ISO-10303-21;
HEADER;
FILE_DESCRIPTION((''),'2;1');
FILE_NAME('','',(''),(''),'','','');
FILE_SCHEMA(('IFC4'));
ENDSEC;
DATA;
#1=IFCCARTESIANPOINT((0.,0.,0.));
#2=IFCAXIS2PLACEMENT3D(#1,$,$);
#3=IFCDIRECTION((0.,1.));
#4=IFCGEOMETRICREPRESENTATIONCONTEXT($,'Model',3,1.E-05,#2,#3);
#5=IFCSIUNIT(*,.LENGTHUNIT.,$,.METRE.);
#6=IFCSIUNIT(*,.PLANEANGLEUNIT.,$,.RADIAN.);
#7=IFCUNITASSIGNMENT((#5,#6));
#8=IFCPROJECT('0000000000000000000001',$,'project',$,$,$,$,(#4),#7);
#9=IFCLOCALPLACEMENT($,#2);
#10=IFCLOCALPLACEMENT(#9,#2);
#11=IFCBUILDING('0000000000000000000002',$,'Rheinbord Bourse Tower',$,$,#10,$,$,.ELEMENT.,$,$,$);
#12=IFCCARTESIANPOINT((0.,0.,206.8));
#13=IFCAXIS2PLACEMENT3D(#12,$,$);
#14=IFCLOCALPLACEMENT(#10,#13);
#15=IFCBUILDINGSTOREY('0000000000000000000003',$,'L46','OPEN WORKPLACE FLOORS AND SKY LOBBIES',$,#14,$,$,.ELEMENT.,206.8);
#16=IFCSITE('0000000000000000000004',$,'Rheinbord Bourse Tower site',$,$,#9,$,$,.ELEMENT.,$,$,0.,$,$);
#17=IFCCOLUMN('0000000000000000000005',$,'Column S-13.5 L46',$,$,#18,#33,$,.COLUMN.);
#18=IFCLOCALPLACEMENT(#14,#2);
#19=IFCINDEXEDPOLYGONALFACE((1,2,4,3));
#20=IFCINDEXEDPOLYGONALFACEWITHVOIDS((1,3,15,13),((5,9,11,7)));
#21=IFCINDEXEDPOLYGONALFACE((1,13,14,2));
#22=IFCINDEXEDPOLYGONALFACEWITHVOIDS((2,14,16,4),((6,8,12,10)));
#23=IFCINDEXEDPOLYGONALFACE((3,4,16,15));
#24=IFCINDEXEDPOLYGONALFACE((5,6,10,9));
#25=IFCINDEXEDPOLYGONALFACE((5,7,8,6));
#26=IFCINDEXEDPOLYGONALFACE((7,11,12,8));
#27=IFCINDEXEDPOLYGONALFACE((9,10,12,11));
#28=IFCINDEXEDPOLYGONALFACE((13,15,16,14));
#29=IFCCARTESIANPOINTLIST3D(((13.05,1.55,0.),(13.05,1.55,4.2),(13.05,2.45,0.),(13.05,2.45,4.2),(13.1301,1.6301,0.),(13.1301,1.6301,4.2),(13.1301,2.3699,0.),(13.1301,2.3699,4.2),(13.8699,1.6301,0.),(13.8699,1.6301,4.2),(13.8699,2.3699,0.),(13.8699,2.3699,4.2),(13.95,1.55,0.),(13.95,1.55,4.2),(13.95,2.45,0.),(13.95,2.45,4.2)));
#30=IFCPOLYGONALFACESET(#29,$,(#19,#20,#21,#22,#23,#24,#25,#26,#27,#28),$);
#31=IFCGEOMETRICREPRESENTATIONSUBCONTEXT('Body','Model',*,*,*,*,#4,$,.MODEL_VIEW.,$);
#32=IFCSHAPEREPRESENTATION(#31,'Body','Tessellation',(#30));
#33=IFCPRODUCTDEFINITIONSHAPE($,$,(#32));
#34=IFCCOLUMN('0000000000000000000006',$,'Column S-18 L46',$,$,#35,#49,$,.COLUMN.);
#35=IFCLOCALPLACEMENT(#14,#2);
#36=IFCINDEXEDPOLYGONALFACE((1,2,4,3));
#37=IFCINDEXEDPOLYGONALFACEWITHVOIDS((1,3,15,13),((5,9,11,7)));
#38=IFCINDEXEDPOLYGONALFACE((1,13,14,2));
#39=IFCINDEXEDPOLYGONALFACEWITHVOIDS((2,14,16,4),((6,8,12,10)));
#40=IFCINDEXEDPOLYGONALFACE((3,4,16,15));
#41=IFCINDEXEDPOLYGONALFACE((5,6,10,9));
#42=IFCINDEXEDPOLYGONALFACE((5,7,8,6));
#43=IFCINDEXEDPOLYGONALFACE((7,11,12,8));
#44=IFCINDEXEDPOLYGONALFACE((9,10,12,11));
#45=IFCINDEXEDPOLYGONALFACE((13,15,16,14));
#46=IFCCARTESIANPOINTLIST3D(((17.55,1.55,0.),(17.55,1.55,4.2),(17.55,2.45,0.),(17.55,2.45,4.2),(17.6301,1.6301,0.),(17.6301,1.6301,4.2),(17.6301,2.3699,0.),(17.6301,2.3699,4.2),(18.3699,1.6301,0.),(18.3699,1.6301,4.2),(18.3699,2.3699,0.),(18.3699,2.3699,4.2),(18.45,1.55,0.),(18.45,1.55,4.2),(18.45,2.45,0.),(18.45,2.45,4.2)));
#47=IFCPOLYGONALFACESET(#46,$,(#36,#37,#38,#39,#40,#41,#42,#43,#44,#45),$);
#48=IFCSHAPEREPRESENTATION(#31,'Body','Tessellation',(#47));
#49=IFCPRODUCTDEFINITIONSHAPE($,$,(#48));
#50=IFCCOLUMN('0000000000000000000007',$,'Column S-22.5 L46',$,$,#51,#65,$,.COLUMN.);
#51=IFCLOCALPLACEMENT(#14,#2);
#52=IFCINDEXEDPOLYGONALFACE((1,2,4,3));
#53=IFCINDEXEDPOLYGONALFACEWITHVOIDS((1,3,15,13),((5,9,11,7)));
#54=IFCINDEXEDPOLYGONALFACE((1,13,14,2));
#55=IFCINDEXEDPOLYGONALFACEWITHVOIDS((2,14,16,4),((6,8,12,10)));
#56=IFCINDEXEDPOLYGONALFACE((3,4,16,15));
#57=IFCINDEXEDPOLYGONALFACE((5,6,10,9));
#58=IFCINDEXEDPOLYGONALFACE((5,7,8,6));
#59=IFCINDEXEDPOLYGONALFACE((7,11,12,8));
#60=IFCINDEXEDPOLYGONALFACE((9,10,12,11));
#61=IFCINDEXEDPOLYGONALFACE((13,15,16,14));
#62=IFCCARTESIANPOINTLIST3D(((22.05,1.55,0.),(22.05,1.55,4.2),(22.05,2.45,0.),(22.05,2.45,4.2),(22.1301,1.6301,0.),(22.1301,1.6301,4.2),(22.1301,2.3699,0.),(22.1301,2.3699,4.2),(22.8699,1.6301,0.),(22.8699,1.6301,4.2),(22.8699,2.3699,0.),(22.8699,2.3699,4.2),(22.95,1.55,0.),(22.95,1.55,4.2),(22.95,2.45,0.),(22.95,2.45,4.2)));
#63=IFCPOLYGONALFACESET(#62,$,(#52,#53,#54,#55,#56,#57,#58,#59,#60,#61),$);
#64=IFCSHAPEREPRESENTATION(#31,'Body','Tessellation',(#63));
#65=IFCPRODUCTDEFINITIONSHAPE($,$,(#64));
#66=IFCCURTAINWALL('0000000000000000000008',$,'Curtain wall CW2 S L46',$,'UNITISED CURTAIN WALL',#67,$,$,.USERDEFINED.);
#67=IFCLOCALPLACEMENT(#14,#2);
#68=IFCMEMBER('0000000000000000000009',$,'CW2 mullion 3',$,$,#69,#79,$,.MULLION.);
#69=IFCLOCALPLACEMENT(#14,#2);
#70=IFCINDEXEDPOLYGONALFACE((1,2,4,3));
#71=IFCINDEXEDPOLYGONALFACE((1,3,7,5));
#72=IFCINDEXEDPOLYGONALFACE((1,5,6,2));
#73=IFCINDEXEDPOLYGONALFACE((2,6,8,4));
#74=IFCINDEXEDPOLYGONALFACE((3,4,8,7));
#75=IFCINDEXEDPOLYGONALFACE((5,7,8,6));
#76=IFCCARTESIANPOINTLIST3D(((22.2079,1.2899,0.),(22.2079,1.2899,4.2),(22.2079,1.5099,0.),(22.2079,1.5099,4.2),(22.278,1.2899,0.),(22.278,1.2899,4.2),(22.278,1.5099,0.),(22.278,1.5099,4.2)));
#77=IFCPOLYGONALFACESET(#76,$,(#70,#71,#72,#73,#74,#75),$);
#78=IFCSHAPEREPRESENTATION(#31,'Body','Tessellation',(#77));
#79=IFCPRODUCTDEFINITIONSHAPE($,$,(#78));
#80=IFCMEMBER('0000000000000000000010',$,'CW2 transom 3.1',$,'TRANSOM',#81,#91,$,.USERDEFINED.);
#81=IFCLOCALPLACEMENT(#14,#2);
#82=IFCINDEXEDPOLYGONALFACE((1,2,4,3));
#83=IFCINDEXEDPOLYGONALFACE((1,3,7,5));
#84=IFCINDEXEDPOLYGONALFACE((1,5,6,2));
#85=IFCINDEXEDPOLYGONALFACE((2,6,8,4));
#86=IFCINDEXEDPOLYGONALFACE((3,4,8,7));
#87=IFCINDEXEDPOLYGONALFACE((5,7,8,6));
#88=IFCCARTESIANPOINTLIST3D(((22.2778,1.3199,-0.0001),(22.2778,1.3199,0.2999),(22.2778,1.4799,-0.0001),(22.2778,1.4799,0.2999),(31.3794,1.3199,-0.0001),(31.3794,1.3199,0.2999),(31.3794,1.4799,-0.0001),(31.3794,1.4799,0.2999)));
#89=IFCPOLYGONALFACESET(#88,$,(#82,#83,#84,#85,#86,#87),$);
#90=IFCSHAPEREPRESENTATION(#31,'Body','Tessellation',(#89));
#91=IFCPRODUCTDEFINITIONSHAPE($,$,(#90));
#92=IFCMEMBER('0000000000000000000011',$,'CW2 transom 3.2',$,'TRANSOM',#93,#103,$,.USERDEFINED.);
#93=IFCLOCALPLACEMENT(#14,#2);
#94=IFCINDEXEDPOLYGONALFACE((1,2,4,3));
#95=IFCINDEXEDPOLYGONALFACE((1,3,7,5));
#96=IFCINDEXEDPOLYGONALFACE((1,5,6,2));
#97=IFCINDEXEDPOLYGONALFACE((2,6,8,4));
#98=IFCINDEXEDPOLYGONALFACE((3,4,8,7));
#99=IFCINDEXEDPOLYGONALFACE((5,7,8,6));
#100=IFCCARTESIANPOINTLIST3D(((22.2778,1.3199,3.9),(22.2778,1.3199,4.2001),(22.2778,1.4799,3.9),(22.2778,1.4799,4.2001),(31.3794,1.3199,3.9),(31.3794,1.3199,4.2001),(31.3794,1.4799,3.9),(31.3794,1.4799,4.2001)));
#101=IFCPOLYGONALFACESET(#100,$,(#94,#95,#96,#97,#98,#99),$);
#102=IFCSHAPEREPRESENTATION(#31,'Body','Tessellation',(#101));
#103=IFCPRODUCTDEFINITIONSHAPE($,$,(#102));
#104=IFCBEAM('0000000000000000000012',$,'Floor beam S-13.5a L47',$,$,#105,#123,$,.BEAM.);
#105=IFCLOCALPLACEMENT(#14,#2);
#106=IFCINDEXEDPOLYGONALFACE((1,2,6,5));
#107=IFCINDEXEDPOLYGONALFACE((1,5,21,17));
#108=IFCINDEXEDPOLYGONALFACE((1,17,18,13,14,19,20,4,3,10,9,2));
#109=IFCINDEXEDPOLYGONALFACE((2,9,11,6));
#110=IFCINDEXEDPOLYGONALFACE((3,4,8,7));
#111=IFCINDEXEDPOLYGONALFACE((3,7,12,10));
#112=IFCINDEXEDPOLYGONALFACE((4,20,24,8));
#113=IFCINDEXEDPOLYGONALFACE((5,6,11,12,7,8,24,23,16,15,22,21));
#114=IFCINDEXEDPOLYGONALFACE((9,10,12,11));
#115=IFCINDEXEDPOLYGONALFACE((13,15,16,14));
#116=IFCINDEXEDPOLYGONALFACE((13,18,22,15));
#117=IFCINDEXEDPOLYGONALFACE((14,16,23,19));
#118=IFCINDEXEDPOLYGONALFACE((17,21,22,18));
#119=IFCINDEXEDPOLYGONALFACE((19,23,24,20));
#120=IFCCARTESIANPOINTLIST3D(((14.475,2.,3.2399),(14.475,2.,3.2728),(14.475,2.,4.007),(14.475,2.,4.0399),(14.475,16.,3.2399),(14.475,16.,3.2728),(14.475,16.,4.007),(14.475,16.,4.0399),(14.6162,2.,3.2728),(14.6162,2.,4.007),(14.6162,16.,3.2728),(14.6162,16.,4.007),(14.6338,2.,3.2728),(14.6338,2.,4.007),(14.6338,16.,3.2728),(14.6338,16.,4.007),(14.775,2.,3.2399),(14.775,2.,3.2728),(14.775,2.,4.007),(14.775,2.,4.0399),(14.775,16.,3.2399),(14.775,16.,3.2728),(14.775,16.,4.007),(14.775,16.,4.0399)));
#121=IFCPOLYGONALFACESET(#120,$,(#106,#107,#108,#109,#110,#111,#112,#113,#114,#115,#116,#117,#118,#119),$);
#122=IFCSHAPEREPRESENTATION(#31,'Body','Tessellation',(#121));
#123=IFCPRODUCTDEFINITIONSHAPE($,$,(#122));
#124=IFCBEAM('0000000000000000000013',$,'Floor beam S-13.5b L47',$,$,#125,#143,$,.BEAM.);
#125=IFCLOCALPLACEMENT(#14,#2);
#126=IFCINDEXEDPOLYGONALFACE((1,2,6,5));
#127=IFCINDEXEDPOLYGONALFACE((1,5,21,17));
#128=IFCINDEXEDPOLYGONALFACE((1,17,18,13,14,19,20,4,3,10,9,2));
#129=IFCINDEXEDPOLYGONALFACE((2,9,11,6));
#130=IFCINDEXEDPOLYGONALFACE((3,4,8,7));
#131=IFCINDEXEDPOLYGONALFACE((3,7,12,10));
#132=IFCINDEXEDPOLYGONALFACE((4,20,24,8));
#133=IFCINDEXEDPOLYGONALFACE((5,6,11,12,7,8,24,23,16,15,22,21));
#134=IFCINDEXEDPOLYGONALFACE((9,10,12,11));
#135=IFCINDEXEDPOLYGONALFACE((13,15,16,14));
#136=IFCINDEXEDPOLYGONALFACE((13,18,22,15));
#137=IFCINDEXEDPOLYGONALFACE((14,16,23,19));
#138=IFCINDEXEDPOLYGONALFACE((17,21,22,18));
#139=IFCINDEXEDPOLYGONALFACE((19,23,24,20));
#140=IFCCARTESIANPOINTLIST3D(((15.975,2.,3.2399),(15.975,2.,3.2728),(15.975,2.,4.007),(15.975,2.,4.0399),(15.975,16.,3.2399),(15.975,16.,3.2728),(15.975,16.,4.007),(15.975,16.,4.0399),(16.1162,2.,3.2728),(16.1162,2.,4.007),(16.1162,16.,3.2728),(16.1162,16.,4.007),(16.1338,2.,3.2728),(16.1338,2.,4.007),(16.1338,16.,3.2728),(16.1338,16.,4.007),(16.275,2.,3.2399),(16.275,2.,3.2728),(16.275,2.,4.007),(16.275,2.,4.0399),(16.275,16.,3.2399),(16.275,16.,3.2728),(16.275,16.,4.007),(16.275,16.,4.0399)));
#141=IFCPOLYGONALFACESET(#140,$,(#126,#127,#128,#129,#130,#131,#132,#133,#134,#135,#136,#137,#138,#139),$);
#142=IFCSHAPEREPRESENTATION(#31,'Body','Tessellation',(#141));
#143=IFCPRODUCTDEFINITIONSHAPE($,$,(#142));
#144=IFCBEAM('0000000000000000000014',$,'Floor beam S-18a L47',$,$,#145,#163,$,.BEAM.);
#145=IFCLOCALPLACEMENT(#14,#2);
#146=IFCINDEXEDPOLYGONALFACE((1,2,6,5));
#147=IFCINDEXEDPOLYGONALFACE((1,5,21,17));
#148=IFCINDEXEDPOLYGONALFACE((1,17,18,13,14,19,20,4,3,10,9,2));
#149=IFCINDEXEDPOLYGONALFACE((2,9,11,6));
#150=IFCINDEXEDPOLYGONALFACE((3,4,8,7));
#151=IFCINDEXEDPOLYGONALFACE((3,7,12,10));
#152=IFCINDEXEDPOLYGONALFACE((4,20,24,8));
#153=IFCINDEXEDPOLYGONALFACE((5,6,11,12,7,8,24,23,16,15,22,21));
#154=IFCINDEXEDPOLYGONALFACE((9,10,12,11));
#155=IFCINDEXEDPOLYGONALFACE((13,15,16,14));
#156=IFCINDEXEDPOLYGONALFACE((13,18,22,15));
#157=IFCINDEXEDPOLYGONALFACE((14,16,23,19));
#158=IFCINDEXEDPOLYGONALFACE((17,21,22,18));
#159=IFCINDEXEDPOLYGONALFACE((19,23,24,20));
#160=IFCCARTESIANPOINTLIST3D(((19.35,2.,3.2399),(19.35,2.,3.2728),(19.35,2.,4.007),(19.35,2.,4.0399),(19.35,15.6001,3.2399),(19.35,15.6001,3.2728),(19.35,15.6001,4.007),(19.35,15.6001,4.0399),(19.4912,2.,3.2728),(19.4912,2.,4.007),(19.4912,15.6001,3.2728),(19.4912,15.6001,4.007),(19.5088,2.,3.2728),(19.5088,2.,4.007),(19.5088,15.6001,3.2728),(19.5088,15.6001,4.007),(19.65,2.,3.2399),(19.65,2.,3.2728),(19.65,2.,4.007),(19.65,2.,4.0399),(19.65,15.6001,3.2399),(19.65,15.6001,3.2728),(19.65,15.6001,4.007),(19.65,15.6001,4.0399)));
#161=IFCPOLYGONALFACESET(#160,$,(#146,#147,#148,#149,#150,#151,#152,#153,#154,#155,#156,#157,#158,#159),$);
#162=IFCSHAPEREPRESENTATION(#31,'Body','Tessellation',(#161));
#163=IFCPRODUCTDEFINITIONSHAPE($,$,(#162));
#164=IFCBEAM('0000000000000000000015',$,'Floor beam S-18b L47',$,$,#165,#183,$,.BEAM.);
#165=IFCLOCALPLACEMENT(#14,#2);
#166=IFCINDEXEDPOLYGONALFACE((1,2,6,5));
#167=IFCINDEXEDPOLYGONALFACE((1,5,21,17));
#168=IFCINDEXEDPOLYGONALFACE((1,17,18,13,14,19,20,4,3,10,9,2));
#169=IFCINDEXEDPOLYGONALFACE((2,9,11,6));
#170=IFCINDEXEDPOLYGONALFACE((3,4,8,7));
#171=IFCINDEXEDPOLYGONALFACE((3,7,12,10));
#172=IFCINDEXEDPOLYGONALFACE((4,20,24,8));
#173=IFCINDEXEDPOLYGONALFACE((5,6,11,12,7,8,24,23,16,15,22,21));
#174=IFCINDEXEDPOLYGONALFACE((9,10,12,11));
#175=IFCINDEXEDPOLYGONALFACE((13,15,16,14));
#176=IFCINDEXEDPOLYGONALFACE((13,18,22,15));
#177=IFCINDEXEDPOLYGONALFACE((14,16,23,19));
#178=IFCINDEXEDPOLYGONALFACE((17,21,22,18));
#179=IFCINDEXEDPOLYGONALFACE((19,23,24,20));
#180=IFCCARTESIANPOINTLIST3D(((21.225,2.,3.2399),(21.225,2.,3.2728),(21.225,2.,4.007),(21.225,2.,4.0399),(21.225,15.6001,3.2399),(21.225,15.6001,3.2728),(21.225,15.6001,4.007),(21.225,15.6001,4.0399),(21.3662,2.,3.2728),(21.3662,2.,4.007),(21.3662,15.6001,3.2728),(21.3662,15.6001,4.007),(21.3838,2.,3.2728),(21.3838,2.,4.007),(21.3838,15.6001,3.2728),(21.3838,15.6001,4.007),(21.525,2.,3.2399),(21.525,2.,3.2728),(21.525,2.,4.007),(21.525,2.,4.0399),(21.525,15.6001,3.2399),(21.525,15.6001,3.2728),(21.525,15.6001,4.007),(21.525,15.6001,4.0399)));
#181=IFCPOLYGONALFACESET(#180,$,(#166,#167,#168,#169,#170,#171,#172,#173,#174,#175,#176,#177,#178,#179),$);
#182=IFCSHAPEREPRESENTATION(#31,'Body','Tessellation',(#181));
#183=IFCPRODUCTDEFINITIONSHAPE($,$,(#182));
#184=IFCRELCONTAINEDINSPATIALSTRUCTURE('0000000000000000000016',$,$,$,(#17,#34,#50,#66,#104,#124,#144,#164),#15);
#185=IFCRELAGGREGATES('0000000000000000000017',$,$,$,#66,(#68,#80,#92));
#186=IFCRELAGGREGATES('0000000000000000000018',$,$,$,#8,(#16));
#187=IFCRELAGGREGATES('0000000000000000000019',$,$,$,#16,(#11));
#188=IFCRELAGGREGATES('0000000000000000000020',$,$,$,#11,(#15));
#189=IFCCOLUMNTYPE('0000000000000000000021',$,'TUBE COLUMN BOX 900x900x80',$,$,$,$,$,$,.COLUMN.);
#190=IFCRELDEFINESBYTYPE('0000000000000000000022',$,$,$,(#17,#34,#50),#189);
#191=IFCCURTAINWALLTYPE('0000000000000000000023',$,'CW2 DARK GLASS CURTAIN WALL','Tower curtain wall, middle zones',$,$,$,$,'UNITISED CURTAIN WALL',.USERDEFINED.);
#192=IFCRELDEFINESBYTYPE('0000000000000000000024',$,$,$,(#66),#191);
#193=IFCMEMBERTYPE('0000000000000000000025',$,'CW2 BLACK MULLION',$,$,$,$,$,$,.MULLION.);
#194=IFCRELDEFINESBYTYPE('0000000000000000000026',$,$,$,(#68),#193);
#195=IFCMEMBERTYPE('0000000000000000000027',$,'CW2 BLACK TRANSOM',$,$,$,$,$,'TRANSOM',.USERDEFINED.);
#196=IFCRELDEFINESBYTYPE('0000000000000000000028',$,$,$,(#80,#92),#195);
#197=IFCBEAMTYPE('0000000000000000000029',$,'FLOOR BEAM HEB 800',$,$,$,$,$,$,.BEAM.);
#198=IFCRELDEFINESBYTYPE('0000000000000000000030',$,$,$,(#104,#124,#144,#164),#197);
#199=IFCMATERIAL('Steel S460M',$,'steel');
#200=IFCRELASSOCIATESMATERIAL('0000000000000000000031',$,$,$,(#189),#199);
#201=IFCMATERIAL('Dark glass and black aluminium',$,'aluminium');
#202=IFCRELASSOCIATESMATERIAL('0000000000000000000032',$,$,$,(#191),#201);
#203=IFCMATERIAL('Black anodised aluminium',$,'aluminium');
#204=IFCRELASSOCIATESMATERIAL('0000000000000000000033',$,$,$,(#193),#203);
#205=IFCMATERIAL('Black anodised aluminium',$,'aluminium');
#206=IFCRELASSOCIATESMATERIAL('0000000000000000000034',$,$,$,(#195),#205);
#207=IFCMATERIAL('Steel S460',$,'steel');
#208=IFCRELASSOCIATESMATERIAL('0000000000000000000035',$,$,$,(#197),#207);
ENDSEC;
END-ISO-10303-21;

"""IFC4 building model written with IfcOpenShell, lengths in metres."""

from ifc_helpers import new_model, si_unit, direction, frame, origin, origin_2d, place, context, subcontext, project, spatial, rectangle, hollow_rectangle, i_section, extrude, material, material_profile, profile_set, type_object, element, aggregate, save


model = new_model("IFC4")

# Units and contexts
model_context = context("Model", 3, precision=1e-05, world=origin(), true_north=direction((0.0, 1.0)))
body_context = subcontext(model_context, "Body", "Model", "MODEL_VIEW")
ifc_project = project(units=[si_unit("LENGTHUNIT", "METRE"), si_unit("PLANEANGLEUNIT", "RADIAN")], contexts=[model_context])

# Site, building, storey
site_placement = place(None, origin())
site = spatial("IfcSite", under=ifc_project, at=site_placement, Name="Rheinbord Bourse Tower site", CompositionType="ELEMENT", RefElevation=0.0)
building_placement = place(site_placement, origin())
building = spatial("IfcBuilding", under=site, at=building_placement, Name="Rheinbord Bourse Tower", CompositionType="ELEMENT")
storey_placement = place(building_placement, frame((0.0, 0.0, 206.8)))
storey = spatial("IfcBuildingStorey", under=building, at=storey_placement, Name="L46", Description="OPEN WORKPLACE FLOORS AND SKY LOBBIES", CompositionType="ELEMENT", Elevation=206.8)

# Columns
ifc_material_1 = material(Name="Steel S460M", Category="steel")
ifc_material_profile_1 = material_profile(ifc_material_1, hollow_rectangle(XDim=0.8999, YDim=0.8999, WallThickness=0.0801, at=origin_2d()), Name="BOX 900x900x80")
ifc_profile_set_1 = profile_set([ifc_material_profile_1], Name="Steel S460M")
column_type = type_object("IfcColumnType", Name="TUBE COLUMN BOX 900x900x80", PredefinedType="COLUMN", material=ifc_profile_set_1)
for number, where, z_axis, x_axis, name in (
    (1, (13.5, 2.0, 0.0), (0.0, 0.0, 1.0), (0.0, 1.0, 0.0), "Column S-13.5 L46"),
    (2, (18.0, 2.0, 0.0), (0.0, 0.0, 1.0), (0.0, 1.0, 0.0), "Column S-18 L46"),
    (3, (22.5, 2.0, 0.0), (0.0, 0.0, 1.0), (0.0, 1.0, 0.0), "Column S-22.5 L46"),
):
    element("IfcColumn", number, at=place(storey_placement, frame(where, z_axis=z_axis, x_axis=x_axis)), inside=storey, type_object=column_type, Name=name, PredefinedType="COLUMN", context=body_context, shape_type="SweptSolid", body=[
        extrude(hollow_rectangle(XDim=0.8999, YDim=0.8999, WallThickness=0.0801, at=origin_2d()), origin(), (0.0, 0.0, 1.0), 4.2),
    ])

# Curtain wall, members
ifc_material_2 = material(Name="Dark glass and black aluminium", Category="aluminium")
curtain_wall_type = type_object("IfcCurtainWallType", Name="CW2 DARK GLASS CURTAIN WALL", Description="Tower curtain wall, middle zones", ElementType="UNITISED CURTAIN WALL", PredefinedType="USERDEFINED", material=ifc_material_2)
curtain_wall_placement = place(storey_placement, origin())
curtain_wall = element("IfcCurtainWall", 4, at=curtain_wall_placement, inside=storey, type_object=curtain_wall_type, Name="Curtain wall CW2 S L46", ObjectType="UNITISED CURTAIN WALL", PredefinedType="USERDEFINED")
ifc_material_3 = material(Name="Black anodised aluminium", Category="aluminium")
ifc_material_profile_2 = material_profile(ifc_material_3, rectangle(XDim=0.22, YDim=0.0701, at=origin_2d()), Name="CW2 MULLION 70x220")
ifc_profile_set_2 = profile_set([ifc_material_profile_2], Name="Black anodised aluminium")
member_type_1 = type_object("IfcMemberType", Name="CW2 BLACK MULLION", PredefinedType="MULLION", material=ifc_profile_set_2)
member_1_placement = place(storey_placement, frame((22.2429, 1.3999, 0.0), z_axis=(0.0, 0.0, 1.0), x_axis=(0.0, 1.0, 0.0)))
member_1 = element("IfcMember", 5, at=member_1_placement, type_object=member_type_1, Name="CW2 mullion 3", PredefinedType="MULLION", context=body_context, shape_type="SweptSolid", body=[
    extrude(rectangle(XDim=0.22, YDim=0.0701, at=origin_2d()), origin(), (0.0, 0.0, 1.0), 4.2),
])
ifc_material_4 = material(Name="Black anodised aluminium", Category="aluminium")
ifc_material_profile_3 = material_profile(ifc_material_4, rectangle(XDim=0.1599, YDim=0.3, at=origin_2d()), Name="CW2 TRANSOM 300x160")
ifc_profile_set_3 = profile_set([ifc_material_profile_3], Name="Black anodised aluminium")
member_type_2 = type_object("IfcMemberType", Name="CW2 BLACK TRANSOM", ElementType="TRANSOM", PredefinedType="USERDEFINED", material=ifc_profile_set_3)
member_2_placement = place(storey_placement, frame((22.2778, 1.3999, 0.1499), z_axis=(1.0, 0.0, 0.0), x_axis=(0.0, 1.0, 0.0)))
member_2 = element("IfcMember", 6, at=member_2_placement, type_object=member_type_2, Name="CW2 transom 3.1", ObjectType="TRANSOM", PredefinedType="USERDEFINED", context=body_context, shape_type="SweptSolid", body=[
    extrude(rectangle(XDim=0.1599, YDim=0.3, at=origin_2d()), origin(), (0.0, 0.0, 1.0), 9.1016),
])
member_3_placement = place(storey_placement, frame((22.2778, 1.3999, 4.05), z_axis=(1.0, 0.0, 0.0), x_axis=(0.0, 1.0, 0.0)))
member_3 = element("IfcMember", 7, at=member_3_placement, type_object=member_type_2, Name="CW2 transom 3.2", ObjectType="TRANSOM", PredefinedType="USERDEFINED", context=body_context, shape_type="SweptSolid", body=[
    extrude(rectangle(XDim=0.1599, YDim=0.3, at=origin_2d()), origin(), (0.0, 0.0, 1.0), 9.1016),
])

# Beams
ifc_material_5 = material(Name="Steel S460", Category="steel")
ifc_material_profile_4 = material_profile(ifc_material_5, i_section(OverallWidth=0.3, OverallDepth=0.8, WebThickness=0.0176, FlangeThickness=0.033, at=origin_2d()), Name="HEB 800")
ifc_profile_set_4 = profile_set([ifc_material_profile_4], Name="Steel S460")
beam_type_1 = type_object("IfcBeamType", Name="FLOOR BEAM HEB 800", PredefinedType="BEAM", material=ifc_profile_set_4)
for number, where, z_axis, x_axis, name in (
    (8, (14.625, 2.0, 3.6399), (0.0, 1.0, 0.0), (-1.0, 0.0, 0.0), "Floor beam S-13.5a L47"),
    (9, (16.125, 2.0, 3.6399), (0.0, 1.0, 0.0), (-1.0, 0.0, 0.0), "Floor beam S-13.5b L47"),
):
    element("IfcBeam", number, at=place(storey_placement, frame(where, z_axis=z_axis, x_axis=x_axis)), inside=storey, type_object=beam_type_1, Name=name, PredefinedType="BEAM", context=body_context, shape_type="SweptSolid", body=[
        extrude(i_section(OverallWidth=0.3, OverallDepth=0.8, WebThickness=0.0176, FlangeThickness=0.033, at=origin_2d()), origin(), (0.0, 0.0, 1.0), 14.0),
    ])
for number, where, z_axis, x_axis, name in (
    (10, (19.5, 2.0, 3.6399), (0.0, 1.0, 0.0), (-1.0, 0.0, 0.0), "Floor beam S-18a L47"),
    (11, (21.375, 2.0, 3.6399), (0.0, 1.0, 0.0), (-1.0, 0.0, 0.0), "Floor beam S-18b L47"),
):
    element("IfcBeam", number, at=place(storey_placement, frame(where, z_axis=z_axis, x_axis=x_axis)), inside=storey, type_object=beam_type_1, Name=name, PredefinedType="BEAM", context=body_context, shape_type="SweptSolid", body=[
        extrude(i_section(OverallWidth=0.3, OverallDepth=0.8, WebThickness=0.0176, FlangeThickness=0.033, at=origin_2d()), origin(), (0.0, 0.0, 1.0), 13.6001),
    ])

aggregate(curtain_wall, [member_1, member_2, member_3])

save(model, "model.ifc")
